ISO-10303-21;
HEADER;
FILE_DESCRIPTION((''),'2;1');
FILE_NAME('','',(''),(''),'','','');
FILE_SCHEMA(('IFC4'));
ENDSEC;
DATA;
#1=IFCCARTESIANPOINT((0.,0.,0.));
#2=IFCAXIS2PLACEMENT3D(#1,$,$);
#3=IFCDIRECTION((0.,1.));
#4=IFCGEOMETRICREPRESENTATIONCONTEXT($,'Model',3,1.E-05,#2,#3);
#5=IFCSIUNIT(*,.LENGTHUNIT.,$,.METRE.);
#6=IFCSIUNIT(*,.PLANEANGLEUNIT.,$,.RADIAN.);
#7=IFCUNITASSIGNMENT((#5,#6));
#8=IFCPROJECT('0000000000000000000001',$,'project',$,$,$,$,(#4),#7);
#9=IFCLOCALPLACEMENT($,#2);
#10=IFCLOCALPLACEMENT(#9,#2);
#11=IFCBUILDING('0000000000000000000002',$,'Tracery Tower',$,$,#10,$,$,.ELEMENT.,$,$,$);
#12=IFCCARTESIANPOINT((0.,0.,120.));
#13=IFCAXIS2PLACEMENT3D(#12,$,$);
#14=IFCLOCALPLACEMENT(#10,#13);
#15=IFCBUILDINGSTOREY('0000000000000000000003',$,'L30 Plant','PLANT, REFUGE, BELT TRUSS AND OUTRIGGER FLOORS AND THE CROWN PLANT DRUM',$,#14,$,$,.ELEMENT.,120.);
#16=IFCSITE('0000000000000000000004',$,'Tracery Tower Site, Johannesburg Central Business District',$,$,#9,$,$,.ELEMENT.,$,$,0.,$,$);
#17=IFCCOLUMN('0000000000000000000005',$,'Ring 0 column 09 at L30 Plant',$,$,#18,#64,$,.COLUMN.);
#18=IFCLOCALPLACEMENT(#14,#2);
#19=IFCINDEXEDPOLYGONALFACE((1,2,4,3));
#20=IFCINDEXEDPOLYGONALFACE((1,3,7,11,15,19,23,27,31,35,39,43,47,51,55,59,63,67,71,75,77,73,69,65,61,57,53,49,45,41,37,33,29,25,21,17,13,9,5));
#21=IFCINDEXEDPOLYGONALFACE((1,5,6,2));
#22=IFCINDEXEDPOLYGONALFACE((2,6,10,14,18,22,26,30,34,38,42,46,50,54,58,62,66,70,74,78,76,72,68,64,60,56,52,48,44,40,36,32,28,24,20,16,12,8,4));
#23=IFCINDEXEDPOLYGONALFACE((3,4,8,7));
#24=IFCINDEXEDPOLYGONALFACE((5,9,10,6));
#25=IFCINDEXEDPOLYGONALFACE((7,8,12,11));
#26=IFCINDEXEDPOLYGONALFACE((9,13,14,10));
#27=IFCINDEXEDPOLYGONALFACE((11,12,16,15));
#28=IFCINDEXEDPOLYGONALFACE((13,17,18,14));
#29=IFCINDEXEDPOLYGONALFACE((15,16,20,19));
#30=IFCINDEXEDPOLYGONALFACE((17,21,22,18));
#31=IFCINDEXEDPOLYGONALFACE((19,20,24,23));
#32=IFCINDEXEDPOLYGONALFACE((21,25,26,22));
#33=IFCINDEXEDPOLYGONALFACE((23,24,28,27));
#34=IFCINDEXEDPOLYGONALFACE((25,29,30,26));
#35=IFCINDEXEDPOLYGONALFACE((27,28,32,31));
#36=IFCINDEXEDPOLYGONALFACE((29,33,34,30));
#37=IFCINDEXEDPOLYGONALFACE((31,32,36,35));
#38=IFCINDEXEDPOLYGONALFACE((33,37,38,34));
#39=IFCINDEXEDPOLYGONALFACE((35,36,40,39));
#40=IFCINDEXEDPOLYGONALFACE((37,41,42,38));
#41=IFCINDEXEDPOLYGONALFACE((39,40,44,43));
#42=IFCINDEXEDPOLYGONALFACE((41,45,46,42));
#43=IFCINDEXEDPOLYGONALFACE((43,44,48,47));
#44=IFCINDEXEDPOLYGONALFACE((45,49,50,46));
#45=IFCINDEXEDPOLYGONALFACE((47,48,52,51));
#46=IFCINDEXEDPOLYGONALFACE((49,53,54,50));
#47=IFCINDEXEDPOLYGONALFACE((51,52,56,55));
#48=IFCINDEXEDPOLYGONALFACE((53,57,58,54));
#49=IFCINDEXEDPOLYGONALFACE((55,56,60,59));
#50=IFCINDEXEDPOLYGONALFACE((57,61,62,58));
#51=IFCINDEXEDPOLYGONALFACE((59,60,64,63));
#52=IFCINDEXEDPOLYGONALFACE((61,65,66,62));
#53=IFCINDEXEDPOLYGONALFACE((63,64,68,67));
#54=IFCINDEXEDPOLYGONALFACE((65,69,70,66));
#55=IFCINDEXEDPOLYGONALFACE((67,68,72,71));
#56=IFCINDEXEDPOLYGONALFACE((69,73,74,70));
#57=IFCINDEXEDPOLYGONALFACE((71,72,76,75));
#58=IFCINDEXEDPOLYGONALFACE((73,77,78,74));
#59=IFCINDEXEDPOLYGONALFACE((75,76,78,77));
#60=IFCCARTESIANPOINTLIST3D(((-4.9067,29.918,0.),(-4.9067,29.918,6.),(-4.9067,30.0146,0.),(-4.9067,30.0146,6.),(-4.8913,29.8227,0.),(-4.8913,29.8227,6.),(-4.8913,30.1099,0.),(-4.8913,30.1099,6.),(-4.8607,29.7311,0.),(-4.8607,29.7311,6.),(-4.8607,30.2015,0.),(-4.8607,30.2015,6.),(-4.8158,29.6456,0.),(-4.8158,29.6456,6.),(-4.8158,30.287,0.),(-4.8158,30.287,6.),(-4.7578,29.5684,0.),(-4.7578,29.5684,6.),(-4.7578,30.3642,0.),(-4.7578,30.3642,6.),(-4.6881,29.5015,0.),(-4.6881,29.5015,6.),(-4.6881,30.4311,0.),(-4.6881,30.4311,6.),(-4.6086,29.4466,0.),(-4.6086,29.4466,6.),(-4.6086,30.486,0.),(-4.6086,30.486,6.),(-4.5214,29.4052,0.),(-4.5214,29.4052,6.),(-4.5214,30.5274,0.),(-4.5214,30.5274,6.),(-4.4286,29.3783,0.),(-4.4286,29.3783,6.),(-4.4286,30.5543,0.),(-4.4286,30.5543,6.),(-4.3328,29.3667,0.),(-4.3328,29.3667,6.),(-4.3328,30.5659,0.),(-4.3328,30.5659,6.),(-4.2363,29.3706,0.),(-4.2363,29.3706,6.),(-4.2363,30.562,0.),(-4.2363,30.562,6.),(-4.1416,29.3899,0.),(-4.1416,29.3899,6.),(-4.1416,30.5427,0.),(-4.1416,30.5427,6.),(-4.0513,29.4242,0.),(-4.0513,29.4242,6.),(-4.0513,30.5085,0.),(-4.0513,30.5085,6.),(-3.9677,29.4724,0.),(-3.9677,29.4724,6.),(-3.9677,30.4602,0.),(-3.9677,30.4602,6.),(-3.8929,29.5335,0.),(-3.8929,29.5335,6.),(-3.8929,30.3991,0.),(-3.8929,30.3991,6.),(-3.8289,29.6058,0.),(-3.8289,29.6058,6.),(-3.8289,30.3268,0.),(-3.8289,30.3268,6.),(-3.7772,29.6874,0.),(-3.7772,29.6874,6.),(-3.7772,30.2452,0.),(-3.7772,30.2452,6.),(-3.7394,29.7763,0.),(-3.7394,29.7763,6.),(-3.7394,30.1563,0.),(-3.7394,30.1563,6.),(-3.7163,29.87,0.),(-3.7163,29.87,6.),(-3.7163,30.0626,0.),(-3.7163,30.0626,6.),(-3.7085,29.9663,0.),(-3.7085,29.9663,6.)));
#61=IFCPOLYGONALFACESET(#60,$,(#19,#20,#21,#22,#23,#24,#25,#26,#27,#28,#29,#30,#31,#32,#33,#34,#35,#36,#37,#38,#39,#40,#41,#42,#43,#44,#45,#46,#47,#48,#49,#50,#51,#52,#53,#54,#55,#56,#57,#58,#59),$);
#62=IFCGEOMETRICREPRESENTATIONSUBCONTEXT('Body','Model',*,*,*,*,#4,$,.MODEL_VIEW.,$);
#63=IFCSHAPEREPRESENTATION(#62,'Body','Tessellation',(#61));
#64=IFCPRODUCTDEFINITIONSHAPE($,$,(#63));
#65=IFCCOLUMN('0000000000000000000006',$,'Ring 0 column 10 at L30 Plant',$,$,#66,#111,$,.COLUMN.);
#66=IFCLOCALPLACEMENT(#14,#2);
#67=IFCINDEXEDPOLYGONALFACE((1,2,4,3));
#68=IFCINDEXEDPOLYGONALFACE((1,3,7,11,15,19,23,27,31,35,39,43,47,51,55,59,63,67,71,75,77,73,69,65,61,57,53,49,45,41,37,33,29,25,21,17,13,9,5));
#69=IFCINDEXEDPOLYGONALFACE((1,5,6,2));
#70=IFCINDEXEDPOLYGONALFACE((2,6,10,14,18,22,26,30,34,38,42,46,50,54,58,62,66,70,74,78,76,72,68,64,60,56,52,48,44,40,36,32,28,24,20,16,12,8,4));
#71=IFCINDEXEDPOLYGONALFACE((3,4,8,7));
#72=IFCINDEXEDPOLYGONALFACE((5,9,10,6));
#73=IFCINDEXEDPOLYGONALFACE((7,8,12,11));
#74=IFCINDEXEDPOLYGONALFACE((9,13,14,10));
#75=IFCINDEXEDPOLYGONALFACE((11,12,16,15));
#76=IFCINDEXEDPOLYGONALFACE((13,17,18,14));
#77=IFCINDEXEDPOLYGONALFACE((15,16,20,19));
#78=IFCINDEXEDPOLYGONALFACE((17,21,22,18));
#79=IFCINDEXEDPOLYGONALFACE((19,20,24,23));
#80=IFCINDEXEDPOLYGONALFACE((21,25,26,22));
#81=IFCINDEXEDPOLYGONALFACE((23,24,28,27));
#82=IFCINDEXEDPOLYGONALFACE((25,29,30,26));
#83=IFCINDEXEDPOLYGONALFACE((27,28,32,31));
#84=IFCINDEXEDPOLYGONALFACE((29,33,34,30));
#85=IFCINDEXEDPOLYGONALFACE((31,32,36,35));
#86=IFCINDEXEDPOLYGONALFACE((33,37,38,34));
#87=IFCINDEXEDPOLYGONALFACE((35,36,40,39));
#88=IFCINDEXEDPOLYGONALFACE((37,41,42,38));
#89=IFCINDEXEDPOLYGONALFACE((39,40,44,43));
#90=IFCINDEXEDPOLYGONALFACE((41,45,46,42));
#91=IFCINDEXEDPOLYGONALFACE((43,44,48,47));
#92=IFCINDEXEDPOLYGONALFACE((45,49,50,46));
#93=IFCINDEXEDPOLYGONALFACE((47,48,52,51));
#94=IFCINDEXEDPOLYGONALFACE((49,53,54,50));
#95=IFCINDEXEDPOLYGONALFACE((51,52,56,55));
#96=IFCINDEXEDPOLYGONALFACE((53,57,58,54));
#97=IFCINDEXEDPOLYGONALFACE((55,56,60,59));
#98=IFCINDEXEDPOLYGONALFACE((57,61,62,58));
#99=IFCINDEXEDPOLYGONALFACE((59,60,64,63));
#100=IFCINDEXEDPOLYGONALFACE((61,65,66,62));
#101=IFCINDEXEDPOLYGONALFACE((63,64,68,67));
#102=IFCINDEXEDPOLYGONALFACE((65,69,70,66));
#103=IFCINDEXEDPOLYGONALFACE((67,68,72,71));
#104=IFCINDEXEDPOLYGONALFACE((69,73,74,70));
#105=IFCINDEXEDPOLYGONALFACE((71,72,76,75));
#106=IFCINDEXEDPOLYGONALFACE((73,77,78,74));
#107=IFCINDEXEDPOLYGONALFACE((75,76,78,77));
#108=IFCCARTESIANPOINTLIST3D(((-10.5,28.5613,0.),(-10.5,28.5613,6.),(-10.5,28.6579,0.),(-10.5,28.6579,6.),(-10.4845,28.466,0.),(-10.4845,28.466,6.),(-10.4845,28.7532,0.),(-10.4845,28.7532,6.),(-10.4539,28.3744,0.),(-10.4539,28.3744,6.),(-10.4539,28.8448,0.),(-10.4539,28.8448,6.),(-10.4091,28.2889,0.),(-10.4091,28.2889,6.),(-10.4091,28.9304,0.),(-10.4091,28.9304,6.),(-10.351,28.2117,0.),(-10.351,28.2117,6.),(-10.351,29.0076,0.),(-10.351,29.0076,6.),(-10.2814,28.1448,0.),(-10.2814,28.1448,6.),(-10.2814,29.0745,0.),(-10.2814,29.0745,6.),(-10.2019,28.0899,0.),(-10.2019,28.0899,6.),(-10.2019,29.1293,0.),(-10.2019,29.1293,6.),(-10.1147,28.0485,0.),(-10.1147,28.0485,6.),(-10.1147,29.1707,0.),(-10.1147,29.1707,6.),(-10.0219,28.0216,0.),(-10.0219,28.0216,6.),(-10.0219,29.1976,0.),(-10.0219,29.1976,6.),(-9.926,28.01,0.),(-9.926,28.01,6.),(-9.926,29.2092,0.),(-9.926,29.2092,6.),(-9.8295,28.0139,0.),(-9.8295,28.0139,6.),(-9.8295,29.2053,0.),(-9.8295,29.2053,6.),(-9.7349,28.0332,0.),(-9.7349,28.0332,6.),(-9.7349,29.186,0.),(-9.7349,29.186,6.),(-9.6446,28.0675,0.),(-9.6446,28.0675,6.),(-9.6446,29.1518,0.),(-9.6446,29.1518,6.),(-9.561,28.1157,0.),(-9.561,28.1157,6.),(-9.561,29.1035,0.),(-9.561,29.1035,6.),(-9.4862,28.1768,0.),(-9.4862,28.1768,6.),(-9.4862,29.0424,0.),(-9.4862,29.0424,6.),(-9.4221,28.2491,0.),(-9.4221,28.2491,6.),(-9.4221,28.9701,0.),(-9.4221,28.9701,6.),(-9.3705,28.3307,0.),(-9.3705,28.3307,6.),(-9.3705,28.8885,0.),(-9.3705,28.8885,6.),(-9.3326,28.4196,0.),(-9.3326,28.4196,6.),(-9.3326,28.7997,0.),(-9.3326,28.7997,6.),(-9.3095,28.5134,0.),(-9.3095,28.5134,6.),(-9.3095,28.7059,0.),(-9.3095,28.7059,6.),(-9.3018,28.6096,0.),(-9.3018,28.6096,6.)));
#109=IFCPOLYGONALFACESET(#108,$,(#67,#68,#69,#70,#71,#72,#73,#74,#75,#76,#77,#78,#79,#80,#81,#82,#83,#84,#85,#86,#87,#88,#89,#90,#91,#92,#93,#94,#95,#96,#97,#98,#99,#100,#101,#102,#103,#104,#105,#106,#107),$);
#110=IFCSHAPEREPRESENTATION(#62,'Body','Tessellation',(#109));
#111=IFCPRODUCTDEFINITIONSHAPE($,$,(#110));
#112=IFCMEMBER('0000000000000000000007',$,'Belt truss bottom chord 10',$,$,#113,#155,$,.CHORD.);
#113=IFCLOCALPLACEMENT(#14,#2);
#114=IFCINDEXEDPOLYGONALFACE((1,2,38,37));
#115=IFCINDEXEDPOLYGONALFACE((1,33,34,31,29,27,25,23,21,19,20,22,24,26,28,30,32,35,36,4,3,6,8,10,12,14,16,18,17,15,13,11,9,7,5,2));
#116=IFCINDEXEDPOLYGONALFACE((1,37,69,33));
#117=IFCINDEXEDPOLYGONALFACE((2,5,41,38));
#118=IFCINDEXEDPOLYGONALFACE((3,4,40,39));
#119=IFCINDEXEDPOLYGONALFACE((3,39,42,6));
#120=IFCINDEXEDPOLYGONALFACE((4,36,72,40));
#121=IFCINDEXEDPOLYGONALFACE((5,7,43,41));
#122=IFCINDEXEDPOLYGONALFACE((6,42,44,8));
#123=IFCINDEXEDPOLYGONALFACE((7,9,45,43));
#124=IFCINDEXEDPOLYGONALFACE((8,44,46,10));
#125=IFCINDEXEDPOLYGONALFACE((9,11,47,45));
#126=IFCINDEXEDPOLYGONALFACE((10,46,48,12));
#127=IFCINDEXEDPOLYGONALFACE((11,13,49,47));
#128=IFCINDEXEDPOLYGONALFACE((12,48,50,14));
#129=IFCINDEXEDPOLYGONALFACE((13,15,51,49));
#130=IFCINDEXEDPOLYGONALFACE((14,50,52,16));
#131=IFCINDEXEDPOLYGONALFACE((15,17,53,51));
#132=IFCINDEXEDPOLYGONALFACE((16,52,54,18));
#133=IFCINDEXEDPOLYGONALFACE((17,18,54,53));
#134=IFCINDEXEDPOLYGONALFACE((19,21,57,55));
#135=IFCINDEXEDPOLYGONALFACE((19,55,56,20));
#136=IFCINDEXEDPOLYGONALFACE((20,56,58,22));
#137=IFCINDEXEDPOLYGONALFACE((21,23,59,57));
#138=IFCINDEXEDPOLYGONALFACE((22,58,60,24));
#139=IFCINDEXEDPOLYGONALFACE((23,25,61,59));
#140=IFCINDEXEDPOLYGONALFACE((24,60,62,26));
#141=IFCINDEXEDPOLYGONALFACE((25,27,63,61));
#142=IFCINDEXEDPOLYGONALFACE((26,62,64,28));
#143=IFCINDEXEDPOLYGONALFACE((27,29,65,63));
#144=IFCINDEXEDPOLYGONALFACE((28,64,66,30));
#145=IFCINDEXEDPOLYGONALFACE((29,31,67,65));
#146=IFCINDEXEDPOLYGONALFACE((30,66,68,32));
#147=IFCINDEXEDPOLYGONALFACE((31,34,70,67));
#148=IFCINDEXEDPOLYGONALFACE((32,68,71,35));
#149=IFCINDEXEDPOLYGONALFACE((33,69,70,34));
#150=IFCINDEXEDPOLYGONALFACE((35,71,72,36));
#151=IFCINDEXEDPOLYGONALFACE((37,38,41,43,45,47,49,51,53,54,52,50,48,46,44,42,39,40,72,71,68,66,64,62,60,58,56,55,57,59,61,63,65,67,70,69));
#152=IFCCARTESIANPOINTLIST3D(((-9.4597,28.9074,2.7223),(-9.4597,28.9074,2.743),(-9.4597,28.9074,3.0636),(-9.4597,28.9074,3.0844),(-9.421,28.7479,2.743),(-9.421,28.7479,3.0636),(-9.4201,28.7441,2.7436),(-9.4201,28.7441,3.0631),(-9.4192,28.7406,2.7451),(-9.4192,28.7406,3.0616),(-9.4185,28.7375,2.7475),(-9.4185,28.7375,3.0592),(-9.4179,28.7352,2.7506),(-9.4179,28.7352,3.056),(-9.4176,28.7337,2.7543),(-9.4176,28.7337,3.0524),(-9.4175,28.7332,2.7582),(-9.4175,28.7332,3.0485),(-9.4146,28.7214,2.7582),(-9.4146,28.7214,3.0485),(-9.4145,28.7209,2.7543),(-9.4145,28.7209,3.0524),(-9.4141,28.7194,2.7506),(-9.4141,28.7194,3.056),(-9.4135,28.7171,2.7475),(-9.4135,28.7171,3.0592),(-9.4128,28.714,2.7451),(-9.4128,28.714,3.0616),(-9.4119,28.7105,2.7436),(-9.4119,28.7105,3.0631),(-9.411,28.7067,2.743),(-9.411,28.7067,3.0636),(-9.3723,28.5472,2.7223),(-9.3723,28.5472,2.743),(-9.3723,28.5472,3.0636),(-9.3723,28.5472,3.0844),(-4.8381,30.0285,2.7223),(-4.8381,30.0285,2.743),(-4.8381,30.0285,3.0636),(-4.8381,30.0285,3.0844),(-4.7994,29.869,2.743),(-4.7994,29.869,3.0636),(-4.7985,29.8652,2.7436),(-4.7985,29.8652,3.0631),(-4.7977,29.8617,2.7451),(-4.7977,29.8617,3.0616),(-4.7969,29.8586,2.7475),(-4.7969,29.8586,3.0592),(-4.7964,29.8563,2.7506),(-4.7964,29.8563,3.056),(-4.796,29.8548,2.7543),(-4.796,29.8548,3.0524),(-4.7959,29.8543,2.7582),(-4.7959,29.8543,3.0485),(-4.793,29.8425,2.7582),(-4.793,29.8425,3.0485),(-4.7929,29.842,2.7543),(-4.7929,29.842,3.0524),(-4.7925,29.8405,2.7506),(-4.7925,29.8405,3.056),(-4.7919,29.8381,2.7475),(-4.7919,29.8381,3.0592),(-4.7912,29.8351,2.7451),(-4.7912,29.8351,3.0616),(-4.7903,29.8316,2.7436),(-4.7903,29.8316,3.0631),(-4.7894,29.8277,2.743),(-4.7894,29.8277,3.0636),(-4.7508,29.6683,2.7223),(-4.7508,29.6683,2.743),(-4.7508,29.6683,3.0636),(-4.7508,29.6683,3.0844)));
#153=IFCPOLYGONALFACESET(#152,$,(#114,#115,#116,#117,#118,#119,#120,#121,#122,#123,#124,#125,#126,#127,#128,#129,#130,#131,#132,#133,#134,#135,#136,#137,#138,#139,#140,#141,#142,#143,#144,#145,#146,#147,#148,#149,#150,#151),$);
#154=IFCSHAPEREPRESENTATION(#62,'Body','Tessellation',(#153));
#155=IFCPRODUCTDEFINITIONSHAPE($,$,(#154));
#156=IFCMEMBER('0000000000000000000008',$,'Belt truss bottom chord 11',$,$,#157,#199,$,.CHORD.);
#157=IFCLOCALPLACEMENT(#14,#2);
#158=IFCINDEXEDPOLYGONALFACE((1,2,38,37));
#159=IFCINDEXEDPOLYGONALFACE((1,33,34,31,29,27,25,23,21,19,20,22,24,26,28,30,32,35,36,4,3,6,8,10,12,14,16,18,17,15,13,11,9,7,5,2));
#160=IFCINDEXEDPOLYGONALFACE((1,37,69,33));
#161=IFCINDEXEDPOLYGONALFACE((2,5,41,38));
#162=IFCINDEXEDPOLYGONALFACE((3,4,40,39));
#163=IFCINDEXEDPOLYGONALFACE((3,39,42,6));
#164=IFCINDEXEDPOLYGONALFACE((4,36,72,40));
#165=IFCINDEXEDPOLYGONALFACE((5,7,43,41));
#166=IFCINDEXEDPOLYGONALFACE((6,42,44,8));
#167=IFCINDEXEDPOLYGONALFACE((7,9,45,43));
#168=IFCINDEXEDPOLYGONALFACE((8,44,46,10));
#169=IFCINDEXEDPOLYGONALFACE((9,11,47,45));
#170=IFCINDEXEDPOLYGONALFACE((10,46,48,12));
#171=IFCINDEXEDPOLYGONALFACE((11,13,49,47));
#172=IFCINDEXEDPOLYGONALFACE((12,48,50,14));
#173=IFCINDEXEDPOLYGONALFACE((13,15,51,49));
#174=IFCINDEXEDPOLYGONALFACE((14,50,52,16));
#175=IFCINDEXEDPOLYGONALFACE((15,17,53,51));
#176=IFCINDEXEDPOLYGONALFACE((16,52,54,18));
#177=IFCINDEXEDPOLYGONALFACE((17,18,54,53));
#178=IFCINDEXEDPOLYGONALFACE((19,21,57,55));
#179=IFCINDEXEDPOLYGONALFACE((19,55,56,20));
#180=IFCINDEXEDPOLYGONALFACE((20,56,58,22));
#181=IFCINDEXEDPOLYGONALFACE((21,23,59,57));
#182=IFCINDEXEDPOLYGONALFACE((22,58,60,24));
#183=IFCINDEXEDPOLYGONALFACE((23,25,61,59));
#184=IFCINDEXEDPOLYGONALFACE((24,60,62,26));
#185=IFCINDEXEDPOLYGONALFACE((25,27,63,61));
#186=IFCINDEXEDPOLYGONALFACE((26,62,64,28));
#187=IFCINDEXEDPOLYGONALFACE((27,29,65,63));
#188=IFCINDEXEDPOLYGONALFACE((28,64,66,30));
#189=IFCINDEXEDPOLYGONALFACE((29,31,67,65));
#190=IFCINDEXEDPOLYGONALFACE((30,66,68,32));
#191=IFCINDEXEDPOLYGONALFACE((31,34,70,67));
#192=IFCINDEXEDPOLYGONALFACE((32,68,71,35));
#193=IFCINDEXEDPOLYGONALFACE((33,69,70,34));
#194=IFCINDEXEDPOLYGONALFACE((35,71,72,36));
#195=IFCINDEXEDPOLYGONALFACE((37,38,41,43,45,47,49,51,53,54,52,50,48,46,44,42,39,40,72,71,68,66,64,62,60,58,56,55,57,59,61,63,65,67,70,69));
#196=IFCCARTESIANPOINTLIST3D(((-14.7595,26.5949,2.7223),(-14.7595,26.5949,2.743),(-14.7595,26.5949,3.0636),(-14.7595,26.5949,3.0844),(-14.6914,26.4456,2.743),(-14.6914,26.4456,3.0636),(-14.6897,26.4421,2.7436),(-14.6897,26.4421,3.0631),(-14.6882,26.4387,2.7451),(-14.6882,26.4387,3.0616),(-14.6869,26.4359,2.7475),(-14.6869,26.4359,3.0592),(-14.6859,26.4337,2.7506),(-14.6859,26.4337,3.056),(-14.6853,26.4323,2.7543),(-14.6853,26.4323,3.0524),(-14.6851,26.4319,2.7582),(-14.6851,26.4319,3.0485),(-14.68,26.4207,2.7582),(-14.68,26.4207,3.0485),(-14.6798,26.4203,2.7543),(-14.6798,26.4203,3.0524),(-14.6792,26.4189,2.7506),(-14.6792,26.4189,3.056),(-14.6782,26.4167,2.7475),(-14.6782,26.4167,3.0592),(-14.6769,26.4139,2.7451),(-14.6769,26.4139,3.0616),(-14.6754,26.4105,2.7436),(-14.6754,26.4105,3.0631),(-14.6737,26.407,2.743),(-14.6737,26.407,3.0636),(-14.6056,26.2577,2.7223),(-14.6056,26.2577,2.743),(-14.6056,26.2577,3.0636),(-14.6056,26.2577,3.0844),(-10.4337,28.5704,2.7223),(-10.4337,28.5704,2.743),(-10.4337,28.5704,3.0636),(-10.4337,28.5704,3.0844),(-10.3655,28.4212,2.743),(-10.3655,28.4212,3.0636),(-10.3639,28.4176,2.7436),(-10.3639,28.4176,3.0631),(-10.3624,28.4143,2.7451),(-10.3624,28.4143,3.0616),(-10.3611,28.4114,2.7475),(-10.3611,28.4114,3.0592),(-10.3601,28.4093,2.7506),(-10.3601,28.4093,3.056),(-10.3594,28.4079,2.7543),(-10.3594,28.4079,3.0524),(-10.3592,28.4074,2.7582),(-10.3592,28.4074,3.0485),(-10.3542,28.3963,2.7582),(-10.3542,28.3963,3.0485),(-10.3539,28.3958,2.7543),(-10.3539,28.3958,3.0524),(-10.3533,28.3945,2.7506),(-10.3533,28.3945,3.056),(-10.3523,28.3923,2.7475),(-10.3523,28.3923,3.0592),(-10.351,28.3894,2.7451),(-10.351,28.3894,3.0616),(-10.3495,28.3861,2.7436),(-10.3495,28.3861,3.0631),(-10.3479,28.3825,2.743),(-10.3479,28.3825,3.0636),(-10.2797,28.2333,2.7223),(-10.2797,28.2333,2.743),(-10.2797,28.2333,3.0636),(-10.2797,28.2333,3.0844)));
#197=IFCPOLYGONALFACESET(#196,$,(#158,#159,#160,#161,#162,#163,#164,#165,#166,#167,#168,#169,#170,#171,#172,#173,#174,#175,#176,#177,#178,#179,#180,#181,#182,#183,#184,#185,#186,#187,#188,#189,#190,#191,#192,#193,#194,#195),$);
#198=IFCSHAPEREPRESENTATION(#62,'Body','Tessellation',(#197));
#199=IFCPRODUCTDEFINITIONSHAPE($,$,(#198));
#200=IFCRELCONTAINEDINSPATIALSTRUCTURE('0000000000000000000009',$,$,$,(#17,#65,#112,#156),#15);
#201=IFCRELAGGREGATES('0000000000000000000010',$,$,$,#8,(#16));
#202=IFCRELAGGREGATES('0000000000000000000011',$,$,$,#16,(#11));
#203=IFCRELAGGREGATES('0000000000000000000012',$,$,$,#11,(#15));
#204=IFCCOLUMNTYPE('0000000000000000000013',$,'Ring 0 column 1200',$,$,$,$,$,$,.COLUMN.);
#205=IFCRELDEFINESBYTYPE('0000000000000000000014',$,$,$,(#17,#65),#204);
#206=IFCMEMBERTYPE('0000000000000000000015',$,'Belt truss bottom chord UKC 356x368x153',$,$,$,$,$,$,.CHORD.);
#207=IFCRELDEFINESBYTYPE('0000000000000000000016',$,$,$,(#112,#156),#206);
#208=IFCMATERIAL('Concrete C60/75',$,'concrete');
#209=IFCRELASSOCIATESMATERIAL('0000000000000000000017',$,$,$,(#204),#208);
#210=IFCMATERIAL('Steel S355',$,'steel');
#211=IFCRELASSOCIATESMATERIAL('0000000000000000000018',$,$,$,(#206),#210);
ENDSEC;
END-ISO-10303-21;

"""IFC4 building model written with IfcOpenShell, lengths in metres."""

from ifc_helpers import new_model, si_unit, direction, frame, origin, origin_2d, place, context, subcontext, project, spatial, circle, i_section, extrude, material, material_profile, profile_set, type_object, element, save


model = new_model("IFC4")

# Units and contexts
model_context = context("Model", 3, precision=1e-05, world=origin(), true_north=direction((0.0, 1.0)))
body_context = subcontext(model_context, "Body", "Model", "MODEL_VIEW")
ifc_project = project(units=[si_unit("LENGTHUNIT", "METRE"), si_unit("PLANEANGLEUNIT", "RADIAN")], contexts=[model_context])

# Site, building, storey
site_placement = place(None, origin())
site = spatial("IfcSite", under=ifc_project, at=site_placement, Name="Tracery Tower Site, Johannesburg Central Business District", CompositionType="ELEMENT", RefElevation=0.0)
building_placement = place(site_placement, origin())
building = spatial("IfcBuilding", under=site, at=building_placement, Name="Tracery Tower", CompositionType="ELEMENT")
storey_placement = place(building_placement, frame((0.0, 0.0, 120.0)))
storey = spatial("IfcBuildingStorey", under=building, at=storey_placement, Name="L30 Plant", Description="PLANT, REFUGE, BELT TRUSS AND OUTRIGGER FLOORS AND THE CROWN PLANT DRUM", CompositionType="ELEMENT", Elevation=120.0)

# Columns
ifc_material_1 = material(Name="Concrete C60/75", Category="concrete")
ifc_material_profile_1 = material_profile(ifc_material_1, circle(Radius=0.6001, at=origin_2d()), Name="RC D1200")
ifc_profile_set_1 = profile_set([ifc_material_profile_1], Name="Concrete C60/75")
column_type = type_object("IfcColumnType", Name="Ring 0 column 1200", PredefinedType="COLUMN", material=ifc_profile_set_1)
for number, where, z_axis, x_axis, name in (
    (1, (-4.3086, 29.9663, 0.0), (0.0, 0.0, 1.0), (1.0, 0.0, 0.0), "Ring 0 column 09 at L30 Plant"),
    (2, (-9.9019, 28.6096, 0.0), (0.0, 0.0, 1.0), (1.0, 0.0, 0.0), "Ring 0 column 10 at L30 Plant"),
):
    element("IfcColumn", number, at=place(storey_placement, frame(where, z_axis=z_axis, x_axis=x_axis)), inside=storey, type_object=column_type, Name=name, PredefinedType="COLUMN", context=body_context, shape_type="SweptSolid", body=[
        extrude(circle(Radius=0.6001, at=origin_2d()), origin(), (0.0, 0.0, 1.0), 6.0),
    ])

# Members
ifc_material_2 = material(Name="Steel S355", Category="steel")
ifc_material_profile_2 = material_profile(ifc_material_2, i_section(OverallWidth=0.3706, OverallDepth=0.3621, WebThickness=0.0122, FlangeThickness=0.0208, FilletRadius=0.0151, at=origin_2d()), Name="UKC 356x368x153")
ifc_profile_set_2 = profile_set([ifc_material_profile_2], Name="Steel S355")
member_type_1 = type_object("IfcMemberType", Name="Belt truss bottom chord UKC 356x368x153", PredefinedType="CHORD", material=ifc_profile_set_2)
for number, where, z_axis, x_axis, name in (
    (3, (-4.7944, 29.8484, 2.9033), (-0.971816, -0.235741, 0.0), (0.235741, -0.971816, 0.0), "Belt truss bottom chord 10"),
    (4, (-10.3567, 28.4019, 2.9033), (-0.909632, -0.415415, 0.0), (0.415415, -0.909632, 0.0), "Belt truss bottom chord 11"),
):
    element("IfcMember", number, at=place(storey_placement, frame(where, z_axis=z_axis, x_axis=x_axis)), inside=storey, type_object=member_type_1, Name=name, PredefinedType="CHORD", context=body_context, shape_type="SweptSolid", body=[
        extrude(i_section(OverallWidth=0.3706, OverallDepth=0.3621, WebThickness=0.0122, FlangeThickness=0.0208, FilletRadius=0.0151, at=origin_2d()), origin(), (0.0, 0.0, 1.0), 4.7556),
    ])

save(model, "model.ifc")
